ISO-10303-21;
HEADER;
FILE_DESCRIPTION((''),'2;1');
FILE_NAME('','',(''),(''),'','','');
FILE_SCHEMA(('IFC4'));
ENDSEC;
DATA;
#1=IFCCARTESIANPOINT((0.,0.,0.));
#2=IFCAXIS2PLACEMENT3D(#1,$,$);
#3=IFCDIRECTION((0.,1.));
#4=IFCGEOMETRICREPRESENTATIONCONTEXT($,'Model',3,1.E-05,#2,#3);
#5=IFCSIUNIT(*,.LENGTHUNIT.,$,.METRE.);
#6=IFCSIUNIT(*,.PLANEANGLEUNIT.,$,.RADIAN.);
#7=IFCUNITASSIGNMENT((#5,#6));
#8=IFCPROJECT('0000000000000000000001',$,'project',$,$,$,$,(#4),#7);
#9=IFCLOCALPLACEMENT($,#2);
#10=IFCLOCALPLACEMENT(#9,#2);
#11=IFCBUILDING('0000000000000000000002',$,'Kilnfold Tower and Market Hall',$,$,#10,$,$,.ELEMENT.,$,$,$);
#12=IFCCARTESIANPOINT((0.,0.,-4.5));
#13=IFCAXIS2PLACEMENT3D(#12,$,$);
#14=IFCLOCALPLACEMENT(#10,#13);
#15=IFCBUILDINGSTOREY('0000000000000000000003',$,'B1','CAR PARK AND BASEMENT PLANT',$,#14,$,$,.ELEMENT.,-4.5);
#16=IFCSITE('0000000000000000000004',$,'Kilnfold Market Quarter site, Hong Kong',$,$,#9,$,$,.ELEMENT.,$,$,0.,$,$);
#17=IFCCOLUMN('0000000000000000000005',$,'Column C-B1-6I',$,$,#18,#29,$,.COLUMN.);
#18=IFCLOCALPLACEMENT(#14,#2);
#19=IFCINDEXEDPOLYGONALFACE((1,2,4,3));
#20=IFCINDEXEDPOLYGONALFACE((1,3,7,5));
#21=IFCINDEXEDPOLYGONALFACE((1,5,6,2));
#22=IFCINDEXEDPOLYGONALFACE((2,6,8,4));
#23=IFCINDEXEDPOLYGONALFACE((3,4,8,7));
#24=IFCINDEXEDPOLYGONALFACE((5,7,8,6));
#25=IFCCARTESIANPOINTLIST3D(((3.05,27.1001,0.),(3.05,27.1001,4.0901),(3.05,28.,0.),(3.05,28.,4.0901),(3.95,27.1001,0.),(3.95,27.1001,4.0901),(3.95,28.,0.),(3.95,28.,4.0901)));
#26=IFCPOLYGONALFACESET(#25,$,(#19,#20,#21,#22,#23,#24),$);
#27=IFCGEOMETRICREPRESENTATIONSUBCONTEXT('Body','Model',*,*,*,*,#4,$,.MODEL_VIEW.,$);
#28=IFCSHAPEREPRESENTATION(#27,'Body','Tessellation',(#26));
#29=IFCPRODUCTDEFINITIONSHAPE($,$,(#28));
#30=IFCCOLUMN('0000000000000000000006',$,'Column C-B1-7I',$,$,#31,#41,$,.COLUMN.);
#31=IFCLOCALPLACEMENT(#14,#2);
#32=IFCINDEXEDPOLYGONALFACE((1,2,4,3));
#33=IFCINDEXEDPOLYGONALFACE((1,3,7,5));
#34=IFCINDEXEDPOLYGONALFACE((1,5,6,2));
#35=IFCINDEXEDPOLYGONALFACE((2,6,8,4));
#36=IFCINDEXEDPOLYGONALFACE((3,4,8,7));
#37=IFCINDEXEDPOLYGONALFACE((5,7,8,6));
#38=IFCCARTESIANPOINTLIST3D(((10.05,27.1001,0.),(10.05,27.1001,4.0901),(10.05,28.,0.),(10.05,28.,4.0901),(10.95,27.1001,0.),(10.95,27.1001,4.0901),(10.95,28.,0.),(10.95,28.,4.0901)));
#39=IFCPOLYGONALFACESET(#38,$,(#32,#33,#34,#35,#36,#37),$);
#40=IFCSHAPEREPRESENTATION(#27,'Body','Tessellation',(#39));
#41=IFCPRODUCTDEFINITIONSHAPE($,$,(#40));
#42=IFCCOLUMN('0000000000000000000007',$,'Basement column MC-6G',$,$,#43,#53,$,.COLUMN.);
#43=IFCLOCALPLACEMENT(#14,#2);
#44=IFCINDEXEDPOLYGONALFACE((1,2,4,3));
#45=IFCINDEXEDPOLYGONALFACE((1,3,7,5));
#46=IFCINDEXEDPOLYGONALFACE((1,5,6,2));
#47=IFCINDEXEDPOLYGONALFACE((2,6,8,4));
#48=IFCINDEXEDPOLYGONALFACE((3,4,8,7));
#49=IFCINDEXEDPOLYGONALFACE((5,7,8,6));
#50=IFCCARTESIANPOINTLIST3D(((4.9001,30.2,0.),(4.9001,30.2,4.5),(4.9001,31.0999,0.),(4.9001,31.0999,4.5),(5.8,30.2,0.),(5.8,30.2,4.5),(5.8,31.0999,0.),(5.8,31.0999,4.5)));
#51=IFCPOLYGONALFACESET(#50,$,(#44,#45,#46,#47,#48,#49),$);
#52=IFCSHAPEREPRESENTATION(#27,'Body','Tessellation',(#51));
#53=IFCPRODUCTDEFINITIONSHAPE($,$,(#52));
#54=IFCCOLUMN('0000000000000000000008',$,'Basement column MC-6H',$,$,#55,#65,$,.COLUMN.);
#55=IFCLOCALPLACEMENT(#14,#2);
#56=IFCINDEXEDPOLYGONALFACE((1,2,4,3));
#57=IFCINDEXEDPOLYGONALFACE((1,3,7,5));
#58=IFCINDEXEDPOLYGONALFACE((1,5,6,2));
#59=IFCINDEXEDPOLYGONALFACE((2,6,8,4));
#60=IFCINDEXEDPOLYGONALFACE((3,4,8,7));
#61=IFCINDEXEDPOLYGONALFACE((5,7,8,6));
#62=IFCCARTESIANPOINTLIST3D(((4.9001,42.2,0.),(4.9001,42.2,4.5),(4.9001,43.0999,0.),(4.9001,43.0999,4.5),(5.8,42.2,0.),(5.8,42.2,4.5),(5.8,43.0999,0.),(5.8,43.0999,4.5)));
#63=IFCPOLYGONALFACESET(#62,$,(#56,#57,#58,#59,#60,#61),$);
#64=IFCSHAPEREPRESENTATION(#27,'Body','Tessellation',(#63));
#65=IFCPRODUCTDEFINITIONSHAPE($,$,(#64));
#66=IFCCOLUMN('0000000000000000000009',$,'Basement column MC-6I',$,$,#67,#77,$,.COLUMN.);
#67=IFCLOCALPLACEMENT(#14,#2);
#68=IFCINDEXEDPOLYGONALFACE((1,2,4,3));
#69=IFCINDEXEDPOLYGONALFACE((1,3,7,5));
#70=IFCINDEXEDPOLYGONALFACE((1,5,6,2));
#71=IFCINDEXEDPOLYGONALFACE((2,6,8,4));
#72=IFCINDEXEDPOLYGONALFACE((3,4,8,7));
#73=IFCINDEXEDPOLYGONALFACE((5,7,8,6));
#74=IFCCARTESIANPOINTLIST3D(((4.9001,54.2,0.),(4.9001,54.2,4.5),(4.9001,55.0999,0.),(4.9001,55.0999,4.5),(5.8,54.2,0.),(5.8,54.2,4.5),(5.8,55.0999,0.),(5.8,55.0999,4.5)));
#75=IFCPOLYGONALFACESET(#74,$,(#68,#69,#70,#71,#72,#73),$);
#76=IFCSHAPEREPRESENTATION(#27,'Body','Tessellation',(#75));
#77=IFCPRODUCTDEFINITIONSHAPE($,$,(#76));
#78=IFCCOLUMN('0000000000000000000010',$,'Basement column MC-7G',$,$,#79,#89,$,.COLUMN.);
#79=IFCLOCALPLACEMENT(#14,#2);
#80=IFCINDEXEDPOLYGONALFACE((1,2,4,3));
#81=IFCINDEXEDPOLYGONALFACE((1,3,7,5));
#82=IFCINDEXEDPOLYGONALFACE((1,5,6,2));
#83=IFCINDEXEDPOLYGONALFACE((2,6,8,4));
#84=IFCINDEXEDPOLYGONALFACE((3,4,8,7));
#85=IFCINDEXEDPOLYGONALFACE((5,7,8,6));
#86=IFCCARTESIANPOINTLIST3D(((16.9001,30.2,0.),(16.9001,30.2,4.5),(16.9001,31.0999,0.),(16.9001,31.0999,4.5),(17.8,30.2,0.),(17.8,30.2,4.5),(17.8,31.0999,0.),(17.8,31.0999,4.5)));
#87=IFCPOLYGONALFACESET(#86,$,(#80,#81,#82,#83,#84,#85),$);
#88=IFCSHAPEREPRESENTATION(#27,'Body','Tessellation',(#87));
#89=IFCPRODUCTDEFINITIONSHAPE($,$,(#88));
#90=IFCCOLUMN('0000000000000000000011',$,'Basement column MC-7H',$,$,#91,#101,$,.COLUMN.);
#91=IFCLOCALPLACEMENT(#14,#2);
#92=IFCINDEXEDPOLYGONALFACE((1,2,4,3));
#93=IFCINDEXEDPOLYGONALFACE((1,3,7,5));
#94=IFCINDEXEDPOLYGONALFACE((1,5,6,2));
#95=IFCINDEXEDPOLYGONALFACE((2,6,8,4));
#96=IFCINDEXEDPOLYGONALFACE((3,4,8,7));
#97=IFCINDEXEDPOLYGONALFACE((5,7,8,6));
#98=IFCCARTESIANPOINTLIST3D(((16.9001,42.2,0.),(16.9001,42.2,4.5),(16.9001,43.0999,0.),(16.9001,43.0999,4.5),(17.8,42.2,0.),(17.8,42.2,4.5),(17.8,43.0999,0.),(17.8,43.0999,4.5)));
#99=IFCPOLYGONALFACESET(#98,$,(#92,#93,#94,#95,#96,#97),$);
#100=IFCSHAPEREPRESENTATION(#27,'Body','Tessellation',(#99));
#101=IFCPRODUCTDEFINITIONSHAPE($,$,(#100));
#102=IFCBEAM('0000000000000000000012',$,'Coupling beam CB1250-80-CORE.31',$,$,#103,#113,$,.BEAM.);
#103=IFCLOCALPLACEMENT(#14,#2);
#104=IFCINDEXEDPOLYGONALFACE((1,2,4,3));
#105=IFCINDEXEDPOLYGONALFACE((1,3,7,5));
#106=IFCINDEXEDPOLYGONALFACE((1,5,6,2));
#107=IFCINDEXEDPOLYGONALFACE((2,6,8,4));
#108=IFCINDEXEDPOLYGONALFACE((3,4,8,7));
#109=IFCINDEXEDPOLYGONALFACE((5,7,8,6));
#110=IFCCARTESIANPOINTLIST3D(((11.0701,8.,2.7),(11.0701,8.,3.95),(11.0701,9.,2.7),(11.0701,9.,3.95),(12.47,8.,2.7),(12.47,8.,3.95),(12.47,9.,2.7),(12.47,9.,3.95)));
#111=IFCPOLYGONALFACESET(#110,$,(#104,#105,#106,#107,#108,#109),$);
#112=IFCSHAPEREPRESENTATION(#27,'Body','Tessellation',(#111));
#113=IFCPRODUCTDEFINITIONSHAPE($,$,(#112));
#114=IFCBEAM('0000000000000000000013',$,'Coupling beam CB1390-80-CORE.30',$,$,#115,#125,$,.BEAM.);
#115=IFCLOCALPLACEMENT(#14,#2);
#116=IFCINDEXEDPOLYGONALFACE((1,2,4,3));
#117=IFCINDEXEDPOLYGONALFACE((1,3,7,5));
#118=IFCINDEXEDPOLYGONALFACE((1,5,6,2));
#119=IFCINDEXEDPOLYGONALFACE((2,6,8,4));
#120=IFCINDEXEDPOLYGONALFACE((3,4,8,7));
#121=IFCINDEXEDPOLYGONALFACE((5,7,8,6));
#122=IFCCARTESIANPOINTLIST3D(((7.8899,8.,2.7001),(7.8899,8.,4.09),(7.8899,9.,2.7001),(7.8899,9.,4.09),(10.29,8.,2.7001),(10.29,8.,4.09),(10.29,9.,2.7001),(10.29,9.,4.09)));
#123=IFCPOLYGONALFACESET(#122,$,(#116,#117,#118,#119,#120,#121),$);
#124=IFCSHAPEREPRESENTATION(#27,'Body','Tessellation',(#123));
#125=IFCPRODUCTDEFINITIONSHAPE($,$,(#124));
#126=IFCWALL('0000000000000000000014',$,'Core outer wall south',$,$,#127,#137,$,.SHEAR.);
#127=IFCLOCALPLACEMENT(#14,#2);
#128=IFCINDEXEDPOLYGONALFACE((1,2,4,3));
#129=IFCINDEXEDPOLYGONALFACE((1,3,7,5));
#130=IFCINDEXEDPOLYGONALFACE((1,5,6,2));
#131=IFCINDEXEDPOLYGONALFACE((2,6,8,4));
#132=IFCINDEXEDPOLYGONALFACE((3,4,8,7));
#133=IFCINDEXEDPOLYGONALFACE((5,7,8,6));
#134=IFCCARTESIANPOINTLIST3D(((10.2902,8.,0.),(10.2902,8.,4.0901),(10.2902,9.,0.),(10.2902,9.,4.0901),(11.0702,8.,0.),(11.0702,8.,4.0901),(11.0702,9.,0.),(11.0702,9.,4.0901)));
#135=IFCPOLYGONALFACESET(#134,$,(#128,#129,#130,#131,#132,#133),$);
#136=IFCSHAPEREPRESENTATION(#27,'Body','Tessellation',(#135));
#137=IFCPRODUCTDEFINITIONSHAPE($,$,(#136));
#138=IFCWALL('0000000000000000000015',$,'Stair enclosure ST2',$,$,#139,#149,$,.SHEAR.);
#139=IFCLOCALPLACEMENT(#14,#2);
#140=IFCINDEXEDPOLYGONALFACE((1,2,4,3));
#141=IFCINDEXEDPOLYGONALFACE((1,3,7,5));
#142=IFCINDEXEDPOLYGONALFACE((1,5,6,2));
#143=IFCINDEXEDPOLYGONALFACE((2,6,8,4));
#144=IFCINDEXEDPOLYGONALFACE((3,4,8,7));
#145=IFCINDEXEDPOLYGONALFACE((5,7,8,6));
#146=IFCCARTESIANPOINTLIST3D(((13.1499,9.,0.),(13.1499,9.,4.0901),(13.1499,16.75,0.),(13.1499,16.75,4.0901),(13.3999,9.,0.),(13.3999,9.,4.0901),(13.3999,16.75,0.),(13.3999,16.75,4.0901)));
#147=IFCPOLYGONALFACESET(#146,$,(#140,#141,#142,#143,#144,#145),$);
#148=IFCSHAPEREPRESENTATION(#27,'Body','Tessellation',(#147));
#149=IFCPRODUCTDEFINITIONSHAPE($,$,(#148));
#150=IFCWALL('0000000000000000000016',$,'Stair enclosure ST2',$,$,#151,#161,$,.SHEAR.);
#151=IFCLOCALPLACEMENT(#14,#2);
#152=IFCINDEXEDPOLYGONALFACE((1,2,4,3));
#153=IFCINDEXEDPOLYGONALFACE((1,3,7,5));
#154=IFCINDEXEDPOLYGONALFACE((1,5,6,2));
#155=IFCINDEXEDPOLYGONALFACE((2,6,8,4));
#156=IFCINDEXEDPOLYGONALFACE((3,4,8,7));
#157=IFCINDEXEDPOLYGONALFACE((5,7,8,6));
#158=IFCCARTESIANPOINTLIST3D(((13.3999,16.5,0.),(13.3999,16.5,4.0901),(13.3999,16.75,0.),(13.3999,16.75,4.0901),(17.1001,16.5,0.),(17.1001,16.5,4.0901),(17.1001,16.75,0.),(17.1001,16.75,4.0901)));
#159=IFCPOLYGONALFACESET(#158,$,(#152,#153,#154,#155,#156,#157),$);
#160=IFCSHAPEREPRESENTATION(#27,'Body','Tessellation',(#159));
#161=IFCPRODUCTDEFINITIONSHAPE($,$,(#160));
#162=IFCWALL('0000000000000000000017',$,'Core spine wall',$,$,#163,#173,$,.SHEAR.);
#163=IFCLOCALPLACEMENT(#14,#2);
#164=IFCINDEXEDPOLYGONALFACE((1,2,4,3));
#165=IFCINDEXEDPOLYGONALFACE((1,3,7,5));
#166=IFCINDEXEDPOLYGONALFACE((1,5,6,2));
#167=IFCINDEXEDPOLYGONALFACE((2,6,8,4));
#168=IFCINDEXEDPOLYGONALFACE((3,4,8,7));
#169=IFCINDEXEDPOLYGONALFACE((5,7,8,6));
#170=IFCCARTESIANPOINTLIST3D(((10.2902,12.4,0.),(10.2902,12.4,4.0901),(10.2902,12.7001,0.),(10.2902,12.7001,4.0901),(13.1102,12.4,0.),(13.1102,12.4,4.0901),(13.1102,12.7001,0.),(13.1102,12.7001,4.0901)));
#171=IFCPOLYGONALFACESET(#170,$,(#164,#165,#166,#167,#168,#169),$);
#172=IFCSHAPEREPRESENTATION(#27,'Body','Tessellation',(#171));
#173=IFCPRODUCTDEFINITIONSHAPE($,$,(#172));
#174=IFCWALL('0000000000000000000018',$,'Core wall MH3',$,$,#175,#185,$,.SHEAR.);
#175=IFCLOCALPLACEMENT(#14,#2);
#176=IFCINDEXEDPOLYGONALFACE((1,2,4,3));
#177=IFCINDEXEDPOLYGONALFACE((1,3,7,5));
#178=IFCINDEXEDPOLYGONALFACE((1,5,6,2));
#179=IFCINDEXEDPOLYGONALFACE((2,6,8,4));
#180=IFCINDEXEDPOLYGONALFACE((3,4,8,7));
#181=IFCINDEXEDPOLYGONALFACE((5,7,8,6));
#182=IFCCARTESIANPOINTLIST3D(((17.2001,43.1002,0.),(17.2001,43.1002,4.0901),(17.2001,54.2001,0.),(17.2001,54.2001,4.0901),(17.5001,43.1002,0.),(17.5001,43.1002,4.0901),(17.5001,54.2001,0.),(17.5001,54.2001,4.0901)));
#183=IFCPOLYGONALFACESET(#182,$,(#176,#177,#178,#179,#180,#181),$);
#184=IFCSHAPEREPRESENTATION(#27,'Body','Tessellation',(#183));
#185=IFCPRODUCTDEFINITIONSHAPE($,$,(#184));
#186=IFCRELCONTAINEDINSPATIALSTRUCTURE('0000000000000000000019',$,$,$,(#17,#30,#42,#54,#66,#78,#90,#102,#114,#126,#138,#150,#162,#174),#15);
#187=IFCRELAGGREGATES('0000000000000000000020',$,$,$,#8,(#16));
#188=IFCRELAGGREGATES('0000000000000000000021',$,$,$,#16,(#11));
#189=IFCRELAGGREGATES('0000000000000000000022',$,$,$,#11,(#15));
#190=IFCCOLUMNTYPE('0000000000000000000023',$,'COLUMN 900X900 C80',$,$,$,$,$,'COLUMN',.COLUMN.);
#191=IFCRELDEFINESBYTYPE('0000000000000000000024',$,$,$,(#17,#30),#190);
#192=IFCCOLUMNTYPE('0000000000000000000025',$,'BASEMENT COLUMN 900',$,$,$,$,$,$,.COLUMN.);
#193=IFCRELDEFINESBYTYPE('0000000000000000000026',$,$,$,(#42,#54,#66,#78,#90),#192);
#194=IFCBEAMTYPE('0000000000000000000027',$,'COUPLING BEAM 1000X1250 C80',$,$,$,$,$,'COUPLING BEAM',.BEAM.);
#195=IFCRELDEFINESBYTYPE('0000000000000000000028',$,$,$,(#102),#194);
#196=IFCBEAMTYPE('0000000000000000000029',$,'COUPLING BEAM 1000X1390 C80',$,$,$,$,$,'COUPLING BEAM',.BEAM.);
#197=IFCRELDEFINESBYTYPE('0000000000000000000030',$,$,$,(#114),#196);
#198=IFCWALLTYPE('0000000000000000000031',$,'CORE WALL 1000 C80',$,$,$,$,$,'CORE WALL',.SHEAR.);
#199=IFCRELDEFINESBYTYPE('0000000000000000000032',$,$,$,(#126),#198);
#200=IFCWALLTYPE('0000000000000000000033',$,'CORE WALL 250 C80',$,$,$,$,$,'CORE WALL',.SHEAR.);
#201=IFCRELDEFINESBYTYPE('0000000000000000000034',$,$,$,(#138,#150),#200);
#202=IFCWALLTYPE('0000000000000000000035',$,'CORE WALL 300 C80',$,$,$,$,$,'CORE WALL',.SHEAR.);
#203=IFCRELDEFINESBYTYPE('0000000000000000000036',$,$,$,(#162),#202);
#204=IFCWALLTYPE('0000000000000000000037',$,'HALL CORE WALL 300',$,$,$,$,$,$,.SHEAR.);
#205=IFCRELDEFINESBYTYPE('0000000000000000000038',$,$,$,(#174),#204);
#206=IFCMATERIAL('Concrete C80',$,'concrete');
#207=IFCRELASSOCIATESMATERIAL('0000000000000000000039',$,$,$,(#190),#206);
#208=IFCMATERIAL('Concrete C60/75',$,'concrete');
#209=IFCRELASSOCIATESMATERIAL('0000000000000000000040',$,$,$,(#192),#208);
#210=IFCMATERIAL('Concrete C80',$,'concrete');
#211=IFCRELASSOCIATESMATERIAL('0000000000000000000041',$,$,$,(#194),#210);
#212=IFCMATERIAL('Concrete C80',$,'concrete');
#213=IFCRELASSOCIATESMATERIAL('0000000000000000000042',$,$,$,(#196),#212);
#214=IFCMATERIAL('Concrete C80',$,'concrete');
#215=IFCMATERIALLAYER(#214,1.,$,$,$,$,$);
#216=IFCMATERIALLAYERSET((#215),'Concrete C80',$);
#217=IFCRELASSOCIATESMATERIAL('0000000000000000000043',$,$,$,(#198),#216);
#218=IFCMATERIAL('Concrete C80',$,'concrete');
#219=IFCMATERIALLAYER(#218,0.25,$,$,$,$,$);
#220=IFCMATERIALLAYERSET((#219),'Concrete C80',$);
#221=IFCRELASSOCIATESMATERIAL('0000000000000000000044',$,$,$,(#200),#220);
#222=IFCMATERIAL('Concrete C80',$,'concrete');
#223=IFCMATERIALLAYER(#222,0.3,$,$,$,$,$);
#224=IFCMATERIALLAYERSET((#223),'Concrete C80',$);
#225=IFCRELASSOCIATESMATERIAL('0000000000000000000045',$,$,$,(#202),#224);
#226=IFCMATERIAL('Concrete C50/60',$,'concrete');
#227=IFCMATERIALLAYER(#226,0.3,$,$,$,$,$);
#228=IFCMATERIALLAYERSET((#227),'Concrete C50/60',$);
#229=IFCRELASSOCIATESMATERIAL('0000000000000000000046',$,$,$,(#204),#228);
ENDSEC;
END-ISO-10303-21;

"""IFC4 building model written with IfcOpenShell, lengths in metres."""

from ifc_helpers import new_model, si_unit, direction, frame, frame_2d, origin, origin_2d, place, context, subcontext, project, spatial, rectangle, extrude, source, transform, mapped, material, layer, layer_set, material_profile, profile_set, type_object, element, save


model = new_model("IFC4")

# Units and contexts
model_context = context("Model", 3, precision=1e-05, world=origin(), true_north=direction((0.0, 1.0)))
body_context = subcontext(model_context, "Body", "Model", "MODEL_VIEW")
ifc_project = project(units=[si_unit("LENGTHUNIT", "METRE"), si_unit("PLANEANGLEUNIT", "RADIAN")], contexts=[model_context])

# Site, building, storey
site_placement = place(None, origin())
site = spatial("IfcSite", under=ifc_project, at=site_placement, Name="Kilnfold Market Quarter site, Hong Kong", CompositionType="ELEMENT", RefElevation=0.0)
building_placement = place(site_placement, origin())
building = spatial("IfcBuilding", under=site, at=building_placement, Name="Kilnfold Tower and Market Hall", CompositionType="ELEMENT")
storey_placement = place(building_placement, frame((0.0, 0.0, -4.5)))
storey = spatial("IfcBuildingStorey", under=building, at=storey_placement, Name="B1", Description="CAR PARK AND BASEMENT PLANT", CompositionType="ELEMENT", Elevation=-4.5)

# Columns
ifc_material_1 = material(Name="Concrete C80", Category="concrete")
ifc_material_profile_1 = material_profile(ifc_material_1, rectangle(XDim=0.8999, YDim=0.8999, at=origin_2d()), Name="RC 900x900")
ifc_profile_set_1 = profile_set([ifc_material_profile_1], Name="Concrete C80")
column_type_1 = type_object("IfcColumnType", Name="COLUMN 900X900 C80", ElementType="COLUMN", PredefinedType="COLUMN", material=ifc_profile_set_1)
shared_shape_1 = source(origin(), body_context, "Body", "SweptSolid", [
    extrude(rectangle(XDim=0.8999, YDim=0.8999, at=origin_2d()), origin(), (0.0, 0.0, 1.0), 4.0901),
])
for number, where, z_axis, x_axis, name in (
    (1, (3.5, 27.55, 0.0), (0.0, 0.0, 1.0), (1.0, 0.0, 0.0), "Column C-B1-6I"),
    (2, (10.5, 27.55, 0.0), (0.0, 0.0, 1.0), (1.0, 0.0, 0.0), "Column C-B1-7I"),
):
    element("IfcColumn", number, at=place(storey_placement, frame(where, z_axis=z_axis, x_axis=x_axis)), inside=storey, type_object=column_type_1, Name=name, PredefinedType="COLUMN", context=body_context, shape_type="MappedRepresentation", body=[
        mapped(shared_shape_1, transform((0.0, 0.0, 0.0))),
    ])
ifc_material_2 = material(Name="Concrete C60/75", Category="concrete")
ifc_material_profile_2 = material_profile(ifc_material_2, rectangle(XDim=0.8999, YDim=0.8999, at=origin_2d()), Name="RC 900x900")
ifc_profile_set_2 = profile_set([ifc_material_profile_2], Name="Concrete C60/75")
column_type_2 = type_object("IfcColumnType", Name="BASEMENT COLUMN 900", PredefinedType="COLUMN", material=ifc_profile_set_2)
shared_shape_2 = source(origin(), body_context, "Body", "SweptSolid", [
    extrude(rectangle(XDim=0.8999, YDim=0.8999, at=origin_2d()), origin(), (0.0, 0.0, 1.0), 4.5),
])
for number, where, z_axis, x_axis, name in (
    (3, (5.3501, 30.6499, 0.0), (0.0, 0.0, 1.0), (1.0, 0.0, 0.0), "Basement column MC-6G"),
    (4, (5.3501, 42.6499, 0.0), (0.0, 0.0, 1.0), (1.0, 0.0, 0.0), "Basement column MC-6H"),
    (5, (5.3501, 54.6499, 0.0), (0.0, 0.0, 1.0), (1.0, 0.0, 0.0), "Basement column MC-6I"),
    (6, (17.3501, 30.6499, 0.0), (0.0, 0.0, 1.0), (1.0, 0.0, 0.0), "Basement column MC-7G"),
    (7, (17.3501, 42.6499, 0.0), (0.0, 0.0, 1.0), (1.0, 0.0, 0.0), "Basement column MC-7H"),
):
    element("IfcColumn", number, at=place(storey_placement, frame(where, z_axis=z_axis, x_axis=x_axis)), inside=storey, type_object=column_type_2, Name=name, PredefinedType="COLUMN", context=body_context, shape_type="MappedRepresentation", body=[
        mapped(shared_shape_2, transform((0.0, 0.0, 0.0))),
    ])

# Beams
ifc_material_3 = material(Name="Concrete C80", Category="concrete")
ifc_material_profile_3 = material_profile(ifc_material_3, rectangle(XDim=1.0, YDim=1.25, at=origin_2d()), Name="RC 1000x1250")
ifc_profile_set_3 = profile_set([ifc_material_profile_3], Name="Concrete C80")
beam_type_1 = type_object("IfcBeamType", Name="COUPLING BEAM 1000X1250 C80", ElementType="COUPLING BEAM", PredefinedType="BEAM", material=ifc_profile_set_3)
shared_shape_3 = source(origin(), body_context, "Body", "SweptSolid", [
    extrude(rectangle(XDim=1.0, YDim=1.25, at=origin_2d()), origin(), (0.0, 0.0, 1.0), 1.3999),
])
beam_1_placement = place(storey_placement, frame((11.0701, 8.5, 3.325), z_axis=(1.0, 0.0, 0.0), x_axis=(0.0, 1.0, 0.0)))
element("IfcBeam", 8, at=beam_1_placement, inside=storey, type_object=beam_type_1, Name="Coupling beam CB1250-80-CORE.31", PredefinedType="BEAM", context=body_context, shape_type="MappedRepresentation", body=[
    mapped(shared_shape_3, transform((0.0, 0.0, 0.0))),
])
ifc_material_4 = material(Name="Concrete C80", Category="concrete")
ifc_material_profile_4 = material_profile(ifc_material_4, rectangle(XDim=1.0, YDim=1.3899, at=origin_2d()), Name="RC 1000x1390")
ifc_profile_set_4 = profile_set([ifc_material_profile_4], Name="Concrete C80")
beam_type_2 = type_object("IfcBeamType", Name="COUPLING BEAM 1000X1390 C80", ElementType="COUPLING BEAM", PredefinedType="BEAM", material=ifc_profile_set_4)
shared_shape_4 = source(origin(), body_context, "Body", "SweptSolid", [
    extrude(rectangle(XDim=1.0, YDim=1.3899, at=origin_2d()), origin(), (0.0, 0.0, 1.0), 2.4001),
])
beam_2_placement = place(storey_placement, frame((7.8899, 8.5, 3.395), z_axis=(1.0, 0.0, 0.0), x_axis=(0.0, 1.0, 0.0)))
element("IfcBeam", 9, at=beam_2_placement, inside=storey, type_object=beam_type_2, Name="Coupling beam CB1390-80-CORE.30", PredefinedType="BEAM", context=body_context, shape_type="MappedRepresentation", body=[
    mapped(shared_shape_4, transform((0.0, 0.0, 0.0))),
])

# Walls
ifc_material_5 = material(Name="Concrete C80", Category="concrete")
ifc_layer_1 = layer(ifc_material_5, 1.0)
ifc_layer_set_1 = layer_set([ifc_layer_1], Name="Concrete C80")
wall_type_1 = type_object("IfcWallType", Name="CORE WALL 1000 C80", ElementType="CORE WALL", PredefinedType="SHEAR", material=ifc_layer_set_1)
shared_shape_5 = source(origin(), body_context, "Body", "SweptSolid", [
    extrude(rectangle(XDim=0.78, YDim=1.0, at=frame_2d((0.3901, 0.0))), origin(), (0.0, 0.0, 1.0), 4.0901),
])
wall_1_placement = place(storey_placement, frame((10.29, 8.5, 0.0), z_axis=(0.0, 0.0, 1.0), x_axis=(1.0, 0.0, 0.0)))
element("IfcWall", 10, at=wall_1_placement, inside=storey, type_object=wall_type_1, Name="Core outer wall south", PredefinedType="SHEAR", context=body_context, shape_type="MappedRepresentation", body=[
    mapped(shared_shape_5, transform((0.0, 0.0, 0.0))),
])
ifc_material_6 = material(Name="Concrete C80", Category="concrete")
ifc_layer_2 = layer(ifc_material_6, 0.25)
ifc_layer_set_2 = layer_set([ifc_layer_2], Name="Concrete C80")
wall_type_2 = type_object("IfcWallType", Name="CORE WALL 250 C80", ElementType="CORE WALL", PredefinedType="SHEAR", material=ifc_layer_set_2)
shared_shape_6 = source(origin(), body_context, "Body", "SweptSolid", [
    extrude(rectangle(XDim=7.75, YDim=0.25, at=frame_2d((3.875, 0.0))), origin(), (0.0, 0.0, 1.0), 4.0901),
])
wall_2_placement = place(storey_placement, frame((13.2749, 9.0, 0.0), z_axis=(0.0, 0.0, 1.0), x_axis=(0.0, 1.0, 0.0)))
element("IfcWall", 11, at=wall_2_placement, inside=storey, type_object=wall_type_2, Name="Stair enclosure ST2", PredefinedType="SHEAR", context=body_context, shape_type="MappedRepresentation", body=[
    mapped(shared_shape_6, transform((0.0, 0.0, 0.0))),
])
shared_shape_7 = source(origin(), body_context, "Body", "SweptSolid", [
    extrude(rectangle(XDim=3.7002, YDim=0.25, at=frame_2d((1.8501, 0.0))), origin(), (0.0, 0.0, 1.0), 4.0901),
])
wall_3_placement = place(storey_placement, frame((13.3999, 16.625, 0.0), z_axis=(0.0, 0.0, 1.0), x_axis=(1.0, 0.0, 0.0)))
element("IfcWall", 12, at=wall_3_placement, inside=storey, type_object=wall_type_2, Name="Stair enclosure ST2", PredefinedType="SHEAR", context=body_context, shape_type="MappedRepresentation", body=[
    mapped(shared_shape_7, transform((0.0, 0.0, 0.0))),
])
ifc_material_7 = material(Name="Concrete C80", Category="concrete")
ifc_layer_3 = layer(ifc_material_7, 0.3)
ifc_layer_set_3 = layer_set([ifc_layer_3], Name="Concrete C80")
wall_type_3 = type_object("IfcWallType", Name="CORE WALL 300 C80", ElementType="CORE WALL", PredefinedType="SHEAR", material=ifc_layer_set_3)
shared_shape_8 = source(origin(), body_context, "Body", "SweptSolid", [
    extrude(rectangle(XDim=2.8201, YDim=0.3, at=frame_2d((1.4102, 0.0))), origin(), (0.0, 0.0, 1.0), 4.0901),
])
wall_4_placement = place(storey_placement, frame((10.29, 12.55, 0.0), z_axis=(0.0, 0.0, 1.0), x_axis=(1.0, 0.0, 0.0)))
element("IfcWall", 13, at=wall_4_placement, inside=storey, type_object=wall_type_3, Name="Core spine wall", PredefinedType="SHEAR", context=body_context, shape_type="MappedRepresentation", body=[
    mapped(shared_shape_8, transform((0.0, 0.0, 0.0))),
])
ifc_material_8 = material(Name="Concrete C50/60", Category="concrete")
ifc_layer_4 = layer(ifc_material_8, 0.3)
ifc_layer_set_4 = layer_set([ifc_layer_4], Name="Concrete C50/60")
wall_type_4 = type_object("IfcWallType", Name="HALL CORE WALL 300", PredefinedType="SHEAR", material=ifc_layer_set_4)
shared_shape_9 = source(origin(), body_context, "Body", "SweptSolid", [
    extrude(rectangle(XDim=11.0999, YDim=0.3, at=frame_2d((5.5498, 0.0))), origin(), (0.0, 0.0, 1.0), 4.0901),
])
wall_5_placement = place(storey_placement, frame((17.3501, 54.2, 0.0), z_axis=(0.0, 0.0, 1.0), x_axis=(0.0, -1.0, 0.0)))
element("IfcWall", 14, at=wall_5_placement, inside=storey, type_object=wall_type_4, Name="Core wall MH3", PredefinedType="SHEAR", context=body_context, shape_type="MappedRepresentation", body=[
    mapped(shared_shape_9, transform((0.0, 0.0, 0.0))),
])

save(model, "model.ifc")
